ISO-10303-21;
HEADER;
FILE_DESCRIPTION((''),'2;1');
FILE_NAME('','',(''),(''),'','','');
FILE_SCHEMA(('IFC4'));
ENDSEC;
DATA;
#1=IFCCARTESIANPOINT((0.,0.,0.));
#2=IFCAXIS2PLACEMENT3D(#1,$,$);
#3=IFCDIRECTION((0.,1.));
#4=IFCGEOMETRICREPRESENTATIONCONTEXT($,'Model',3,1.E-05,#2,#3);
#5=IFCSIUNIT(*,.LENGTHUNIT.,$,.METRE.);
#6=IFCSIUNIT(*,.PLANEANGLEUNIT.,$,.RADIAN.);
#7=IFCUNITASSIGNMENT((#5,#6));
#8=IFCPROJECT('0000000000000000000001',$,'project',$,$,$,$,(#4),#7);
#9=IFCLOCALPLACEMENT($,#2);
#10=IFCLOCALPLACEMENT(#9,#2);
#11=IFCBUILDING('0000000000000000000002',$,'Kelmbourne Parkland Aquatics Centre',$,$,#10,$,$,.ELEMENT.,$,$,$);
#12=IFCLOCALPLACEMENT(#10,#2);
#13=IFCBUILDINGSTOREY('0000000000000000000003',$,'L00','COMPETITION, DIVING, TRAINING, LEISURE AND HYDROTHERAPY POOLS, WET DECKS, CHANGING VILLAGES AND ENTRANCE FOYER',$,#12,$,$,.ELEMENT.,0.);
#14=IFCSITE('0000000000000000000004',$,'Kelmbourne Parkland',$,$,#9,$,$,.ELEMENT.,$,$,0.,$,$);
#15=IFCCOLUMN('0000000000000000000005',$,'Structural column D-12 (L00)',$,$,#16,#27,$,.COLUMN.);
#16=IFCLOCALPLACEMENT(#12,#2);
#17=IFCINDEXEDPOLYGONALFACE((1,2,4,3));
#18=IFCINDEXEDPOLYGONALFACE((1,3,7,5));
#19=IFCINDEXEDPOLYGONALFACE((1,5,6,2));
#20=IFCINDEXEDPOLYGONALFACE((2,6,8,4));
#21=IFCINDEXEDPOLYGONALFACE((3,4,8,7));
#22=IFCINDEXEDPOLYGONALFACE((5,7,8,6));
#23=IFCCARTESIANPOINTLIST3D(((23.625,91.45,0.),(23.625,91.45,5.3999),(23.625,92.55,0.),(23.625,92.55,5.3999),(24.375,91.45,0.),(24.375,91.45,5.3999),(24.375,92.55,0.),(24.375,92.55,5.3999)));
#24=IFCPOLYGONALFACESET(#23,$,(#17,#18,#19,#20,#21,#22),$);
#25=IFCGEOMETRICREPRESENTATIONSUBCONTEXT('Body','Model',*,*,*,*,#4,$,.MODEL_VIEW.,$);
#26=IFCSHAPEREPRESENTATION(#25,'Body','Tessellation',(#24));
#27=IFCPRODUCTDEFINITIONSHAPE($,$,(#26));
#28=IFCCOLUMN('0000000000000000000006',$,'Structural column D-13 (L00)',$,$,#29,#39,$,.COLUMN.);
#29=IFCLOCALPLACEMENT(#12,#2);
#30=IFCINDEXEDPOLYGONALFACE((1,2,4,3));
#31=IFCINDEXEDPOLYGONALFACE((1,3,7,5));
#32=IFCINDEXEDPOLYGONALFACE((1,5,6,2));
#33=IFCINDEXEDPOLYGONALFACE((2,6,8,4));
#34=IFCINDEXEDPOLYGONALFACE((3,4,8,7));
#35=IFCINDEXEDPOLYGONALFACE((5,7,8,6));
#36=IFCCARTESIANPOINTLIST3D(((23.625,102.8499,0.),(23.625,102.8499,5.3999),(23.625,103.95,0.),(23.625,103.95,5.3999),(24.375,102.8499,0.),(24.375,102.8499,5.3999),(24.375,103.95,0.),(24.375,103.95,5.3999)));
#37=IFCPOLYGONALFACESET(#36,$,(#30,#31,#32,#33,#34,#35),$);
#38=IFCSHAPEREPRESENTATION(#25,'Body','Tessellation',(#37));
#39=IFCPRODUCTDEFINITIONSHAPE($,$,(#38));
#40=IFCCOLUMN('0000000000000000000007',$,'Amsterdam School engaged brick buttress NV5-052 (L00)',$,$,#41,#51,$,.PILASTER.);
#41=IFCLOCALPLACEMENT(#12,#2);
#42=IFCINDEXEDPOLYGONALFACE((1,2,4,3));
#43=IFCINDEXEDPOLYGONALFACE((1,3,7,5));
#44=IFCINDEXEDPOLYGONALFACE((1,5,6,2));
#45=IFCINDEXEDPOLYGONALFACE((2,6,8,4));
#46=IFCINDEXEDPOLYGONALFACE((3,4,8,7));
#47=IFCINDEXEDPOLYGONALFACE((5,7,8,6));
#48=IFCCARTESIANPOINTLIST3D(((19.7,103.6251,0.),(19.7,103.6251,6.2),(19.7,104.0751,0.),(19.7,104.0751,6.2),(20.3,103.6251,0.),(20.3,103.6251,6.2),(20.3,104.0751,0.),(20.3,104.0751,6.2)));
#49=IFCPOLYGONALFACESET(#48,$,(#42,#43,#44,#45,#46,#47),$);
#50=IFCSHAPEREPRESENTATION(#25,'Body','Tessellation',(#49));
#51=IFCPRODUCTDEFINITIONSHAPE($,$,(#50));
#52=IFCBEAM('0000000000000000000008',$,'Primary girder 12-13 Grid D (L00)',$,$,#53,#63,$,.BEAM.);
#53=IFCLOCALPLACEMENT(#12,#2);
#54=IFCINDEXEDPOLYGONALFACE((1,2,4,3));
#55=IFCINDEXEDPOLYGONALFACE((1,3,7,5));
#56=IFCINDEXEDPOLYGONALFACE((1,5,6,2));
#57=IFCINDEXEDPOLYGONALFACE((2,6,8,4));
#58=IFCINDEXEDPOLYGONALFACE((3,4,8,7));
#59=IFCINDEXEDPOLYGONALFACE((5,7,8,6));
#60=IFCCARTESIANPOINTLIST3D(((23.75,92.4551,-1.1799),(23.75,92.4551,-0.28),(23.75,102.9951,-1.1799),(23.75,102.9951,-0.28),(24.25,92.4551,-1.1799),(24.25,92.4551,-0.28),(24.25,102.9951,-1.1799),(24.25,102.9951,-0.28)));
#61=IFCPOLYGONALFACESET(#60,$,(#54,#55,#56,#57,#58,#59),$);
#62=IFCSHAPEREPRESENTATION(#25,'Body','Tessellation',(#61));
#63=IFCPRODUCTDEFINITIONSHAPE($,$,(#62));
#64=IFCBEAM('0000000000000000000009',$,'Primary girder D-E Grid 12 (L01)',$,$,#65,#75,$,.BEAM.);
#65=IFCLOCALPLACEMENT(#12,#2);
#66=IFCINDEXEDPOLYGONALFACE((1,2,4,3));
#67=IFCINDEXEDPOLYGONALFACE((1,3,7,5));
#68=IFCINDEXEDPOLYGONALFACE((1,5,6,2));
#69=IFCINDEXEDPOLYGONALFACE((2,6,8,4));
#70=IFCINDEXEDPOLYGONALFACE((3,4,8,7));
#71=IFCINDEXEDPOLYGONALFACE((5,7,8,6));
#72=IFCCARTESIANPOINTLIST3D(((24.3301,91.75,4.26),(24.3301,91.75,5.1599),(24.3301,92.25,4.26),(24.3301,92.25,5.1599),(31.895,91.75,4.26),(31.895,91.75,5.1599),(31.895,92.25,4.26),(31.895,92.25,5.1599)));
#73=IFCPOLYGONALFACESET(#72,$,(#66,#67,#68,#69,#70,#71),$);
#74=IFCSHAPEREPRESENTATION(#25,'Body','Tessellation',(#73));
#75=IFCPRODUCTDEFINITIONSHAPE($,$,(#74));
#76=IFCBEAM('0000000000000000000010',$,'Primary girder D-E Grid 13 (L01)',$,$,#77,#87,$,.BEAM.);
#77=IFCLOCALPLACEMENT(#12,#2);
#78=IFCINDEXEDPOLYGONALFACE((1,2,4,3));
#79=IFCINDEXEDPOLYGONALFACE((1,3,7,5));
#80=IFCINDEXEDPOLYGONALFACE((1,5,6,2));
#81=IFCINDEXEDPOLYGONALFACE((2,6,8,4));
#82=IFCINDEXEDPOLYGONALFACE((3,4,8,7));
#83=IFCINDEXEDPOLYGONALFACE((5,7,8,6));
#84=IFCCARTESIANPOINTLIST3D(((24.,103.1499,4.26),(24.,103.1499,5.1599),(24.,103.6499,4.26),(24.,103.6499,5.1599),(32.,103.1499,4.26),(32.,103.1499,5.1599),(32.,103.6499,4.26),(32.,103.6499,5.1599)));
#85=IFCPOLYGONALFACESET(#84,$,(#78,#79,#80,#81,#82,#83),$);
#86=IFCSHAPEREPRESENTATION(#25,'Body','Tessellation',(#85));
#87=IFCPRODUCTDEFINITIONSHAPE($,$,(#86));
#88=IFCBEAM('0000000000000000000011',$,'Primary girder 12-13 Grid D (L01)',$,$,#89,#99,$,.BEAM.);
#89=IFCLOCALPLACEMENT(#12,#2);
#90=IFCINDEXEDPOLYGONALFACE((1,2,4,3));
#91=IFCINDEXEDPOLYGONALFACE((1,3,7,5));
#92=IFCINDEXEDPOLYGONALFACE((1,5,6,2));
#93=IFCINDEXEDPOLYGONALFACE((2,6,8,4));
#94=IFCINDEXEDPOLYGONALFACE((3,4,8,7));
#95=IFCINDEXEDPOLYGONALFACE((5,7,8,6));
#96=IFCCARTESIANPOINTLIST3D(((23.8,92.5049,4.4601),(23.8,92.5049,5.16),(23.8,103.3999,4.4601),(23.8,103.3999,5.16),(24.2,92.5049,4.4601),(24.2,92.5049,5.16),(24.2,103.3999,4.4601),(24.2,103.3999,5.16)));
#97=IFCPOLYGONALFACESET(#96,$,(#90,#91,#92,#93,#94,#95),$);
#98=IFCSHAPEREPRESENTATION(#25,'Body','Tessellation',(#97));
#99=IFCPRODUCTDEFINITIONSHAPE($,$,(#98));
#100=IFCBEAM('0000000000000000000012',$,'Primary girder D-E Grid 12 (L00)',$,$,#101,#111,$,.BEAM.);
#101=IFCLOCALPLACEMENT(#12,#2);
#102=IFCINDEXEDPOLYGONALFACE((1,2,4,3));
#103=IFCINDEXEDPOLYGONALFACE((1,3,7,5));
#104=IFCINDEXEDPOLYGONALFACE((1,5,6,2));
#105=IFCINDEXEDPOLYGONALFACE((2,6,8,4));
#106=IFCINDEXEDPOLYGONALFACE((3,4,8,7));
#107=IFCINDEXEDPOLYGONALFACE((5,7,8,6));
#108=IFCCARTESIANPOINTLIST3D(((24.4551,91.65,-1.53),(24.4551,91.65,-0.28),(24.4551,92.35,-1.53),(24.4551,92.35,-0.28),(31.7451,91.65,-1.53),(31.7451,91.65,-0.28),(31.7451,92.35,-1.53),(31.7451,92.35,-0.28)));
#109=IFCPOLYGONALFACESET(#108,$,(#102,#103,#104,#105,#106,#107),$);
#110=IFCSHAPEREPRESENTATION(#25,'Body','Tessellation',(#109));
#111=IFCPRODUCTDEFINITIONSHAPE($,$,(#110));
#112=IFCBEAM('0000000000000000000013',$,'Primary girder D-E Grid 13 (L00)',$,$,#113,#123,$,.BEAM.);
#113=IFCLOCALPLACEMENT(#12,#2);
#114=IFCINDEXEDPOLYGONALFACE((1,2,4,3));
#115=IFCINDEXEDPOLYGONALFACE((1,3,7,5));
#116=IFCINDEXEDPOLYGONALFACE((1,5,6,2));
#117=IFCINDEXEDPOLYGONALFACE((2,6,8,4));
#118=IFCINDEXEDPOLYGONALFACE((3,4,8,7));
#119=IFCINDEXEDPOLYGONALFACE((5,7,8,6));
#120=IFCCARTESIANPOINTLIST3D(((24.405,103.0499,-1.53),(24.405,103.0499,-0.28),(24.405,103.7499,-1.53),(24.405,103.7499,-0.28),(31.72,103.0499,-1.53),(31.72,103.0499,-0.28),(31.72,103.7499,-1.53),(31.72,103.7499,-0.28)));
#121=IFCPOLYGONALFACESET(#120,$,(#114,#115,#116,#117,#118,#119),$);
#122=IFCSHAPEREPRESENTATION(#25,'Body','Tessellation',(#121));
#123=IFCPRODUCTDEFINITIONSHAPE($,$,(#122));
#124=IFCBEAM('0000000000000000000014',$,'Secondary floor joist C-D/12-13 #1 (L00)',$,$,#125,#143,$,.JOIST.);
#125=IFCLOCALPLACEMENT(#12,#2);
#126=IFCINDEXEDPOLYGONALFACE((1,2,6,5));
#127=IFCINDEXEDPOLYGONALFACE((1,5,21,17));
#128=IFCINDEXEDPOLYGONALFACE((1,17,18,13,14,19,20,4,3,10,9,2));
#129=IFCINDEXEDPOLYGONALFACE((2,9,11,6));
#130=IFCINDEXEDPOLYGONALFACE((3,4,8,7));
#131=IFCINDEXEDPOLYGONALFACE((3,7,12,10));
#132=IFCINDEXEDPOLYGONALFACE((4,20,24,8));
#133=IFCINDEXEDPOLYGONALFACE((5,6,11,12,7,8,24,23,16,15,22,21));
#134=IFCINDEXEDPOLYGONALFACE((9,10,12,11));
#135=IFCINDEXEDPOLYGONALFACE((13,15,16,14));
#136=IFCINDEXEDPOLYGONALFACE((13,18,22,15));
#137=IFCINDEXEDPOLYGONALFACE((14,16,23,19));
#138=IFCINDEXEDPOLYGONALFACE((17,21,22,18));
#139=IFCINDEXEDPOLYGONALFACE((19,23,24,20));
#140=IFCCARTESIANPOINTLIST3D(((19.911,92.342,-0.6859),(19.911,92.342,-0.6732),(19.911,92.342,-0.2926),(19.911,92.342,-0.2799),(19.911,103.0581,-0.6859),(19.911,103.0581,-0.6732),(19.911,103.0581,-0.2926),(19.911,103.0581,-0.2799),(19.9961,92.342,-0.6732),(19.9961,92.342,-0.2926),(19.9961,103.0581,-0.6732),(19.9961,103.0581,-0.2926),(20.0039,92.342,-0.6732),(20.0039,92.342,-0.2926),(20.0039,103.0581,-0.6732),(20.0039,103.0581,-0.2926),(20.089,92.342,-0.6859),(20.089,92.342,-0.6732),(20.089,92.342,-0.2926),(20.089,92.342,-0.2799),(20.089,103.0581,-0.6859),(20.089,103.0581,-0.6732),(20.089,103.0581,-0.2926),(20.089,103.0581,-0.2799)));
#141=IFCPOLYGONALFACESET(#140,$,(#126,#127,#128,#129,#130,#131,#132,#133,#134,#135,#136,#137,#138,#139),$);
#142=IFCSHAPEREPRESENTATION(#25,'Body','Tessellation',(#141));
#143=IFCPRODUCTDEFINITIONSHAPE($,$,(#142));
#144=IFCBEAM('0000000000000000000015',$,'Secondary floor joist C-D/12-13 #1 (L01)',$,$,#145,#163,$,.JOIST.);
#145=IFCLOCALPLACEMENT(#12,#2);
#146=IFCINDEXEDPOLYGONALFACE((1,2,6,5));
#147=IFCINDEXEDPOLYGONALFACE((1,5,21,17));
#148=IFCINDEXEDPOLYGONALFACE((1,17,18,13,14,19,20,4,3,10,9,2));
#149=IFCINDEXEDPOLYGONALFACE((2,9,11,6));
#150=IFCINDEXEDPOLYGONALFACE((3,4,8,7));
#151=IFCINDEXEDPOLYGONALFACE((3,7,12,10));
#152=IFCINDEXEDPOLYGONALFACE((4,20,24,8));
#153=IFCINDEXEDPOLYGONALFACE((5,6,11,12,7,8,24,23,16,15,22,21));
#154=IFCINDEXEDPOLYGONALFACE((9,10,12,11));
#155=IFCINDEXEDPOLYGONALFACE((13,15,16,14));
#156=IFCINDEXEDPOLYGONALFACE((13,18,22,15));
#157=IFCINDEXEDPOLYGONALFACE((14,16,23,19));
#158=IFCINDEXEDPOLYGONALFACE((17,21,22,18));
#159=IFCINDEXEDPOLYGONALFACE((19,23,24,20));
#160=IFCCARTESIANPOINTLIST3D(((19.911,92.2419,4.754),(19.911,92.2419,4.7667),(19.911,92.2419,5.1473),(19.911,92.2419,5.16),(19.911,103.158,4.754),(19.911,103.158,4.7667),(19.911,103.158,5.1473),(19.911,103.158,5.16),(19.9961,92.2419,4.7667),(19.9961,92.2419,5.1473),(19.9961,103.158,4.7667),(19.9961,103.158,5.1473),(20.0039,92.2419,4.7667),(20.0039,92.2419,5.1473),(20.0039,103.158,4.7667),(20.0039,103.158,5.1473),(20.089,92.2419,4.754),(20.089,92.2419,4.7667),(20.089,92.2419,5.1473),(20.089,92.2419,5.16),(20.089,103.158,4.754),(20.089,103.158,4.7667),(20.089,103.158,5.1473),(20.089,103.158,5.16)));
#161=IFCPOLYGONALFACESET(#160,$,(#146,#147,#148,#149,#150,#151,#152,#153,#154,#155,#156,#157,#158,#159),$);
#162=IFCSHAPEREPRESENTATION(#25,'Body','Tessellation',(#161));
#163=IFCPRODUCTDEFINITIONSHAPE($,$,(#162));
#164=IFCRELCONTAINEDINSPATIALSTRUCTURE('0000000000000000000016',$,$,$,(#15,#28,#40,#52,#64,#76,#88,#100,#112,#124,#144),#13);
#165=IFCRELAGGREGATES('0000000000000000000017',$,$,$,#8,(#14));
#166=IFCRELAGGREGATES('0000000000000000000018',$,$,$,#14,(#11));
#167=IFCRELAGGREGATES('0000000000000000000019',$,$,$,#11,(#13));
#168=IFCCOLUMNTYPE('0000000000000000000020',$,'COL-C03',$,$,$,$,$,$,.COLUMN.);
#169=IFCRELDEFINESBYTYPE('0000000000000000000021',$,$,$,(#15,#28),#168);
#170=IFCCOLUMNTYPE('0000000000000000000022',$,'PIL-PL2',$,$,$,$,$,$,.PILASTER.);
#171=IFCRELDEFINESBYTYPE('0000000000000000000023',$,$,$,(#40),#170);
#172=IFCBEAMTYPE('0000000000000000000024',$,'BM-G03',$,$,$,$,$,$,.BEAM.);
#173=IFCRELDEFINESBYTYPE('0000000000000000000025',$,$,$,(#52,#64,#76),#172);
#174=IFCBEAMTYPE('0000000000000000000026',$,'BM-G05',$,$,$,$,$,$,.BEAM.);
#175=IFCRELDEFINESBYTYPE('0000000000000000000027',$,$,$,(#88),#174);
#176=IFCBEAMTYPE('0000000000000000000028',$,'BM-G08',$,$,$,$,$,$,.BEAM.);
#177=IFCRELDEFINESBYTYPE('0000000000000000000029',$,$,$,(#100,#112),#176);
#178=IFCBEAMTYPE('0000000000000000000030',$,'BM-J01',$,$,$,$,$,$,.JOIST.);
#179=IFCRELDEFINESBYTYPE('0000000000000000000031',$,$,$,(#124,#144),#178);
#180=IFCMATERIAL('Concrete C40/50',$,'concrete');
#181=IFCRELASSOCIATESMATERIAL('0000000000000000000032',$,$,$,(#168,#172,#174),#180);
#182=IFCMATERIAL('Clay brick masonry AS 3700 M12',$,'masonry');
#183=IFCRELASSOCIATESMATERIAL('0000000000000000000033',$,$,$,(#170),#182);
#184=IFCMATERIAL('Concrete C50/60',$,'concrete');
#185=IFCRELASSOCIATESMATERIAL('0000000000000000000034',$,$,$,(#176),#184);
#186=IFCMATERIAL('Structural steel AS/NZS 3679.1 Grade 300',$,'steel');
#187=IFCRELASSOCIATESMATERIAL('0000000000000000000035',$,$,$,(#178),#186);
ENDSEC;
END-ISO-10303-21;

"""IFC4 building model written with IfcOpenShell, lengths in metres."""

from ifc_helpers import new_model, si_unit, direction, frame, origin, origin_2d, place, context, subcontext, project, spatial, rectangle, i_section, extrude, material, material_profile, profile_set, type_object, element, save


model = new_model("IFC4")

# Units and contexts
model_context = context("Model", 3, precision=1e-05, world=origin(), true_north=direction((0.0, 1.0)))
body_context = subcontext(model_context, "Body", "Model", "MODEL_VIEW")
ifc_project = project(units=[si_unit("LENGTHUNIT", "METRE"), si_unit("PLANEANGLEUNIT", "RADIAN")], contexts=[model_context])

# Site, building, storey
site_placement = place(None, origin())
site = spatial("IfcSite", under=ifc_project, at=site_placement, Name="Kelmbourne Parkland", CompositionType="ELEMENT", RefElevation=0.0)
building_placement = place(site_placement, origin())
building = spatial("IfcBuilding", under=site, at=building_placement, Name="Kelmbourne Parkland Aquatics Centre", CompositionType="ELEMENT")
storey_placement = place(building_placement, origin())
storey = spatial("IfcBuildingStorey", under=building, at=storey_placement, Name="L00", Description="COMPETITION, DIVING, TRAINING, LEISURE AND HYDROTHERAPY POOLS, WET DECKS, CHANGING VILLAGES AND ENTRANCE FOYER", CompositionType="ELEMENT", Elevation=0.0)

# Columns
ifc_material_1 = material(Name="Concrete C40/50", Category="concrete")
ifc_material_profile_1 = material_profile(ifc_material_1, rectangle(XDim=0.75, YDim=1.1001, at=origin_2d()), Name="RC 750x1100")
ifc_profile_set_1 = profile_set([ifc_material_profile_1], Name="Concrete C40/50")
column_type_1 = type_object("IfcColumnType", Name="COL-C03", PredefinedType="COLUMN", material=ifc_profile_set_1)
for number, where, z_axis, x_axis, name in (
    (1, (24.0, 92.0, 0.0), (0.0, 0.0, 1.0), (1.0, 0.0, 0.0), "Structural column D-12 (L00)"),
    (2, (24.0, 103.3999, 0.0), (0.0, 0.0, 1.0), (1.0, 0.0, 0.0), "Structural column D-13 (L00)"),
):
    element("IfcColumn", number, at=place(storey_placement, frame(where, z_axis=z_axis, x_axis=x_axis)), inside=storey, type_object=column_type_1, Name=name, PredefinedType="COLUMN", context=body_context, shape_type="SweptSolid", body=[
        extrude(rectangle(XDim=0.75, YDim=1.1001, at=origin_2d()), origin(), (0.0, 0.0, 1.0), 5.3999),
    ])
ifc_material_2 = material(Name="Clay brick masonry AS 3700 M12", Category="masonry")
ifc_material_profile_2 = material_profile(ifc_material_2, rectangle(XDim=0.45, YDim=0.6001, at=origin_2d()), Name="PIL 450x600")
ifc_profile_set_2 = profile_set([ifc_material_profile_2], Name="Clay brick masonry AS 3700 M12")
column_type_2 = type_object("IfcColumnType", Name="PIL-PL2", PredefinedType="PILASTER", material=ifc_profile_set_2)
column_placement = place(storey_placement, frame((20.0, 103.8501, 0.0), z_axis=(0.0, 0.0, 1.0), x_axis=(0.0, 1.0, 0.0)))
element("IfcColumn", 3, at=column_placement, inside=storey, type_object=column_type_2, Name="Amsterdam School engaged brick buttress NV5-052 (L00)", PredefinedType="PILASTER", context=body_context, shape_type="SweptSolid", body=[
    extrude(rectangle(XDim=0.45, YDim=0.6001, at=origin_2d()), origin(), (0.0, 0.0, 1.0), 6.2),
])

# Beams
ifc_material_profile_3 = material_profile(ifc_material_1, rectangle(XDim=0.5, YDim=0.8999, at=origin_2d()), Name="RC 500x900")
ifc_profile_set_3 = profile_set([ifc_material_profile_3], Name="Concrete C40/50")
beam_type_1 = type_object("IfcBeamType", Name="BM-G03", PredefinedType="BEAM", material=ifc_profile_set_3)
beam_1_placement = place(storey_placement, frame((24.0, 92.4551, -0.73), z_axis=(0.0, 1.0, 0.0), x_axis=(-1.0, 0.0, 0.0)))
element("IfcBeam", 4, at=beam_1_placement, inside=storey, type_object=beam_type_1, Name="Primary girder 12-13 Grid D (L00)", PredefinedType="BEAM", context=body_context, shape_type="SweptSolid", body=[
    extrude(rectangle(XDim=0.5, YDim=0.8999, at=origin_2d()), origin(), (0.0, 0.0, 1.0), 10.54),
])
beam_2_placement = place(storey_placement, frame((24.3301, 92.0, 4.71), z_axis=(1.0, 0.0, 0.0), x_axis=(0.0, 1.0, 0.0)))
element("IfcBeam", 5, at=beam_2_placement, inside=storey, type_object=beam_type_1, Name="Primary girder D-E Grid 12 (L01)", PredefinedType="BEAM", context=body_context, shape_type="SweptSolid", body=[
    extrude(rectangle(XDim=0.5, YDim=0.8999, at=origin_2d()), origin(), (0.0, 0.0, 1.0), 7.5649),
])
beam_3_placement = place(storey_placement, frame((24.0, 103.3999, 4.71), z_axis=(1.0, 0.0, 0.0), x_axis=(0.0, 1.0, 0.0)))
element("IfcBeam", 6, at=beam_3_placement, inside=storey, type_object=beam_type_1, Name="Primary girder D-E Grid 13 (L01)", PredefinedType="BEAM", context=body_context, shape_type="SweptSolid", body=[
    extrude(rectangle(XDim=0.5, YDim=0.8999, at=origin_2d()), origin(), (0.0, 0.0, 1.0), 8.0),
])
ifc_material_profile_4 = material_profile(ifc_material_1, rectangle(XDim=0.3999, YDim=0.7, at=origin_2d()), Name="RC 400x700")
ifc_profile_set_4 = profile_set([ifc_material_profile_4], Name="Concrete C40/50")
beam_type_2 = type_object("IfcBeamType", Name="BM-G05", PredefinedType="BEAM", material=ifc_profile_set_4)
beam_4_placement = place(storey_placement, frame((24.0, 92.5049, 4.8101), z_axis=(0.0, 1.0, 0.0), x_axis=(-1.0, 0.0, 0.0)))
element("IfcBeam", 7, at=beam_4_placement, inside=storey, type_object=beam_type_2, Name="Primary girder 12-13 Grid D (L01)", PredefinedType="BEAM", context=body_context, shape_type="SweptSolid", body=[
    extrude(rectangle(XDim=0.3999, YDim=0.7, at=origin_2d()), origin(), (0.0, 0.0, 1.0), 10.895),
])
ifc_material_3 = material(Name="Concrete C50/60", Category="concrete")
ifc_material_profile_5 = material_profile(ifc_material_3, rectangle(XDim=0.7, YDim=1.25, at=origin_2d()), Name="RC 700x1250")
ifc_profile_set_5 = profile_set([ifc_material_profile_5], Name="Concrete C50/60")
beam_type_3 = type_object("IfcBeamType", Name="BM-G08", PredefinedType="BEAM", material=ifc_profile_set_5)
beam_5_placement = place(storey_placement, frame((24.4551, 92.0, -0.905), z_axis=(1.0, 0.0, 0.0), x_axis=(0.0, 1.0, 0.0)))
element("IfcBeam", 8, at=beam_5_placement, inside=storey, type_object=beam_type_3, Name="Primary girder D-E Grid 12 (L00)", PredefinedType="BEAM", context=body_context, shape_type="SweptSolid", body=[
    extrude(rectangle(XDim=0.7, YDim=1.25, at=origin_2d()), origin(), (0.0, 0.0, 1.0), 7.29),
])
beam_6_placement = place(storey_placement, frame((24.405, 103.3999, -0.905), z_axis=(1.0, 0.0, 0.0), x_axis=(0.0, 1.0, 0.0)))
element("IfcBeam", 9, at=beam_6_placement, inside=storey, type_object=beam_type_3, Name="Primary girder D-E Grid 13 (L00)", PredefinedType="BEAM", context=body_context, shape_type="SweptSolid", body=[
    extrude(rectangle(XDim=0.7, YDim=1.25, at=origin_2d()), origin(), (0.0, 0.0, 1.0), 7.3149),
])
ifc_material_4 = material(Name="Structural steel AS/NZS 3679.1 Grade 300", Category="steel")
ifc_material_profile_6 = material_profile(ifc_material_4, i_section(OverallWidth=0.178, OverallDepth=0.406, WebThickness=0.0078, FlangeThickness=0.0127, at=origin_2d()), Name="410UB59.7")
ifc_profile_set_6 = profile_set([ifc_material_profile_6], Name="Structural steel AS/NZS 3679.1 Grade 300")
beam_type_4 = type_object("IfcBeamType", Name="BM-J01", PredefinedType="JOIST", material=ifc_profile_set_6)
beam_7_placement = place(storey_placement, frame((20.0, 92.342, -0.4829), z_axis=(0.0, 1.0, 0.0), x_axis=(-1.0, 0.0, 0.0)))
element("IfcBeam", 10, at=beam_7_placement, inside=storey, type_object=beam_type_4, Name="Secondary floor joist C-D/12-13 #1 (L00)", PredefinedType="JOIST", context=body_context, shape_type="SweptSolid", body=[
    extrude(i_section(OverallWidth=0.178, OverallDepth=0.406, WebThickness=0.0078, FlangeThickness=0.0127, at=origin_2d()), origin(), (0.0, 0.0, 1.0), 10.7161),
])
beam_8_placement = place(storey_placement, frame((20.0, 92.2419, 4.957), z_axis=(0.0, 1.0, 0.0), x_axis=(-1.0, 0.0, 0.0)))
element("IfcBeam", 11, at=beam_8_placement, inside=storey, type_object=beam_type_4, Name="Secondary floor joist C-D/12-13 #1 (L01)", PredefinedType="JOIST", context=body_context, shape_type="SweptSolid", body=[
    extrude(i_section(OverallWidth=0.178, OverallDepth=0.406, WebThickness=0.0078, FlangeThickness=0.0127, at=origin_2d()), origin(), (0.0, 0.0, 1.0), 10.916),
])

save(model, "model.ifc")
